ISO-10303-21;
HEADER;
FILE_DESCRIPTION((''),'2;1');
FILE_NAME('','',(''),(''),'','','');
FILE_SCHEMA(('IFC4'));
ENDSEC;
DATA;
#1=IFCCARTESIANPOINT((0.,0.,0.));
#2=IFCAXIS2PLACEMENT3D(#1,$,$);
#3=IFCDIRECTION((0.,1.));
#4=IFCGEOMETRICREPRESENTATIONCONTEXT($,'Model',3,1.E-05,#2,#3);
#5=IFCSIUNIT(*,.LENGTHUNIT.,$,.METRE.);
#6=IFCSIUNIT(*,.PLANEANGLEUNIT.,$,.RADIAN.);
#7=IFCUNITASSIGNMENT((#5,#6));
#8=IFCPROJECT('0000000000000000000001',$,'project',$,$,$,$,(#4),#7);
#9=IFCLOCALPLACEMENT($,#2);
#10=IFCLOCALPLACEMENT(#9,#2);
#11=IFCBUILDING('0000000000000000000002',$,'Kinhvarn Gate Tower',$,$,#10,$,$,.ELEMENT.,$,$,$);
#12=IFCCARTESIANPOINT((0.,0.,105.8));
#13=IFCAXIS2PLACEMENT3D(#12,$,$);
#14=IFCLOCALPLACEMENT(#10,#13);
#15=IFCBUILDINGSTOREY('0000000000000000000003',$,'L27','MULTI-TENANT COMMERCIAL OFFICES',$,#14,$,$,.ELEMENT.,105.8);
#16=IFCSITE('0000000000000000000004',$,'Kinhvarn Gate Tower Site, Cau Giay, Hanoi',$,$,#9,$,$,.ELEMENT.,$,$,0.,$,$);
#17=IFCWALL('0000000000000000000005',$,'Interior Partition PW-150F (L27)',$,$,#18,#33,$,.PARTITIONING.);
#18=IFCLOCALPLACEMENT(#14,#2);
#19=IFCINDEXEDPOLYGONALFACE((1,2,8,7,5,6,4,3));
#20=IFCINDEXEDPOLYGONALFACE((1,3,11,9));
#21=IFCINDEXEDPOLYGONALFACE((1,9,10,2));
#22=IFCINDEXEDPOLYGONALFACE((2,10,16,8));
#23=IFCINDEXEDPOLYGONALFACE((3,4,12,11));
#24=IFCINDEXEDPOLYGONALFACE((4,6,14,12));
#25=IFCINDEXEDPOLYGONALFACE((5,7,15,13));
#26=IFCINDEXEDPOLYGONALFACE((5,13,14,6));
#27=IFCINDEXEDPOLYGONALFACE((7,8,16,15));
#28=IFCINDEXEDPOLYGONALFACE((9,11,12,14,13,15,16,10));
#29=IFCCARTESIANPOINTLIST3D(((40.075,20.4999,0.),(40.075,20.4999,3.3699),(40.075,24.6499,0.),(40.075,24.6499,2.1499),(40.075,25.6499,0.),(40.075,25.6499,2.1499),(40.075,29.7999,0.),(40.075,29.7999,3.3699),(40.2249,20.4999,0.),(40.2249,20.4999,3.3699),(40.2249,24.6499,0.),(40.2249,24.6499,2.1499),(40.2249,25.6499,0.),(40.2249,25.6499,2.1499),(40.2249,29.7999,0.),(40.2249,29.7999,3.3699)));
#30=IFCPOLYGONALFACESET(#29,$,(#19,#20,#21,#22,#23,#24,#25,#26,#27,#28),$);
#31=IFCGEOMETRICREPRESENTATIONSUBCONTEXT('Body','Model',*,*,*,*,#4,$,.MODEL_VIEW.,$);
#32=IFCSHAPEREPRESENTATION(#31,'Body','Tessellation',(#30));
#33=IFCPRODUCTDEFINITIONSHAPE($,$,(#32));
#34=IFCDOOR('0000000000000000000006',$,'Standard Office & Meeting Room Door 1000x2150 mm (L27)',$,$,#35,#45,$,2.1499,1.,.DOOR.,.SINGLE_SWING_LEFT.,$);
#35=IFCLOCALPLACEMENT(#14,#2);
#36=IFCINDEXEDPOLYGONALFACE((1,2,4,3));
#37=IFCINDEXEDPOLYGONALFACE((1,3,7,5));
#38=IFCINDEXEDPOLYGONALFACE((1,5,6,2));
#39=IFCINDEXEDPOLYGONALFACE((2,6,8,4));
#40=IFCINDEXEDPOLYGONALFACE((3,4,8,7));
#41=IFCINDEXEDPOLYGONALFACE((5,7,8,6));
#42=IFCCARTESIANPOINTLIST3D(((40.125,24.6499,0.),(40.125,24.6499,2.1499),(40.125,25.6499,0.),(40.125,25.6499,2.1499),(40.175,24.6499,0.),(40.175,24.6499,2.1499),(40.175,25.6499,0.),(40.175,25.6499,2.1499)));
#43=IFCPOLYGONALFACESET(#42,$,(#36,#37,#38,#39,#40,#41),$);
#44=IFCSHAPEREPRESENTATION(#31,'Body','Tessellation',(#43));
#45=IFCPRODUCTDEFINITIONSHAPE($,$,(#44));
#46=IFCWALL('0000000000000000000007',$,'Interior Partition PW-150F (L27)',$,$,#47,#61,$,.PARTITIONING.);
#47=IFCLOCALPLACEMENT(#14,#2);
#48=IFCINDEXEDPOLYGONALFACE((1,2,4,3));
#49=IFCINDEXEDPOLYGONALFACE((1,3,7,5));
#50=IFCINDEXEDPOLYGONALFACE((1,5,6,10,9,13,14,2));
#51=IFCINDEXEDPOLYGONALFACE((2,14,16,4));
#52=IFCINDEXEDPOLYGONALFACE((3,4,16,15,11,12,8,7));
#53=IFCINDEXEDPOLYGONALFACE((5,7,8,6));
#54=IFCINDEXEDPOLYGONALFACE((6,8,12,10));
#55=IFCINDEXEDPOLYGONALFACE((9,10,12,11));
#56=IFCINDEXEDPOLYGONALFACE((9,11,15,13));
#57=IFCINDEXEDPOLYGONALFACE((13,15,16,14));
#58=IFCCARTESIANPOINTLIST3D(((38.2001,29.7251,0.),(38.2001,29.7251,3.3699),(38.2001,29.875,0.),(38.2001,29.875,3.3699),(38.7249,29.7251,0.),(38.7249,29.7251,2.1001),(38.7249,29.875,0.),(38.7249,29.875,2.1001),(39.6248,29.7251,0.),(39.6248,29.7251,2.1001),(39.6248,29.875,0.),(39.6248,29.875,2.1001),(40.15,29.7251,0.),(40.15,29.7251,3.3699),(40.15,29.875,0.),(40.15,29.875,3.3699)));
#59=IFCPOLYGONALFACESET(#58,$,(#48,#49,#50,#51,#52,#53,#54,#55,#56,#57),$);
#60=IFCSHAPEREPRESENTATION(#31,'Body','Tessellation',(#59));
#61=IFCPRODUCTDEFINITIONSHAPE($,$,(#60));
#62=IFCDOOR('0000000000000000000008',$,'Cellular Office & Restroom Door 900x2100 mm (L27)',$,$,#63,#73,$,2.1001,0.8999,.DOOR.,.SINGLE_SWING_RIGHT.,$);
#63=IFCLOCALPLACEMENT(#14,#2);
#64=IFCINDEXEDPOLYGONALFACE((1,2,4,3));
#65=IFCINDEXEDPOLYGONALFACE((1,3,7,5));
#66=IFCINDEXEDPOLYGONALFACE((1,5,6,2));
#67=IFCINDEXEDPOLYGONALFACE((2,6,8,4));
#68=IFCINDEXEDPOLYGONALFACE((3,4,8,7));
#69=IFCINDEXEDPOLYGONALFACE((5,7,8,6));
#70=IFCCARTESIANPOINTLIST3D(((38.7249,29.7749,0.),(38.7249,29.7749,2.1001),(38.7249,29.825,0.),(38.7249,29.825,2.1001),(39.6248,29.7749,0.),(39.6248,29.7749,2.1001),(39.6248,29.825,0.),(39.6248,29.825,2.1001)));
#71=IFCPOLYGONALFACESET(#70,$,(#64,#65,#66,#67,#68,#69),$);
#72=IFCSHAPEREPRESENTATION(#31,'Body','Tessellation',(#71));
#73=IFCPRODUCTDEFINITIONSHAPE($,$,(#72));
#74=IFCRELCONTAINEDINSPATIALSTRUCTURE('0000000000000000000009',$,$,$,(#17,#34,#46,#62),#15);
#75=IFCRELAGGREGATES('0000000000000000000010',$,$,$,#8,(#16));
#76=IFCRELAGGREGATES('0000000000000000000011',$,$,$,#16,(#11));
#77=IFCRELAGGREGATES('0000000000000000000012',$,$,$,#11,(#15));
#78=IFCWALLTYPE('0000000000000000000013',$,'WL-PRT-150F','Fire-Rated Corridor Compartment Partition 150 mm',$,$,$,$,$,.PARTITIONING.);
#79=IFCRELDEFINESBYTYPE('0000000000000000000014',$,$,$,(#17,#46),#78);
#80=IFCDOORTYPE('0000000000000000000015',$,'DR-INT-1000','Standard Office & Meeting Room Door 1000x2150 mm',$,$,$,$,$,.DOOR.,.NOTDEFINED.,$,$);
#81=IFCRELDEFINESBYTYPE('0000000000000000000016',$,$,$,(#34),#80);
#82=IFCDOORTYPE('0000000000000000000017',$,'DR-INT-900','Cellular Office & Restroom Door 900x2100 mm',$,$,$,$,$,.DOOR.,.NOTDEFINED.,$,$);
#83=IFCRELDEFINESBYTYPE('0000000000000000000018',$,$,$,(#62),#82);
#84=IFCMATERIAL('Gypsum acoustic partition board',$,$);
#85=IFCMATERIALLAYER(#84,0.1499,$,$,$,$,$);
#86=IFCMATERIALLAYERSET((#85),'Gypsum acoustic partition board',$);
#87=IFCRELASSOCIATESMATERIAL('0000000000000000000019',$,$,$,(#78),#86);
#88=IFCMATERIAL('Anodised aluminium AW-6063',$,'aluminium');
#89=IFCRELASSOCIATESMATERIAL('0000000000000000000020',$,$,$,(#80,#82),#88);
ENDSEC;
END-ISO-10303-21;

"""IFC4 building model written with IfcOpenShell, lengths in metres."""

from ifc_helpers import new_model, si_unit, direction, frame, frame_2d, origin, place, context, subcontext, project, spatial, rectangle, extrude, material, layer, layer_set, type_object, element, fill, save


model = new_model("IFC4")

# Units and contexts
model_context = context("Model", 3, precision=1e-05, world=origin(), true_north=direction((0.0, 1.0)))
body_context = subcontext(model_context, "Body", "Model", "MODEL_VIEW")
ifc_project = project(units=[si_unit("LENGTHUNIT", "METRE"), si_unit("PLANEANGLEUNIT", "RADIAN")], contexts=[model_context])

# Site, building, storey
site_placement = place(None, origin())
site = spatial("IfcSite", under=ifc_project, at=site_placement, Name="Kinhvarn Gate Tower Site, Cau Giay, Hanoi", CompositionType="ELEMENT", RefElevation=0.0)
building_placement = place(site_placement, origin())
building = spatial("IfcBuilding", under=site, at=building_placement, Name="Kinhvarn Gate Tower", CompositionType="ELEMENT")
storey_placement = place(building_placement, frame((0.0, 0.0, 105.8)))
storey = spatial("IfcBuildingStorey", under=building, at=storey_placement, Name="L27", Description="MULTI-TENANT COMMERCIAL OFFICES", CompositionType="ELEMENT", Elevation=105.8)

# Shared definitions
ifc_material_1 = material(Name="Anodised aluminium AW-6063", Category="aluminium")

# Shared definitions
ifc_material_2 = material(Name="Gypsum acoustic partition board")

# Walls, openings, doors
ifc_layer_1 = layer(ifc_material_2, 0.1499)
ifc_layer_set_1 = layer_set([ifc_layer_1], Name="Gypsum acoustic partition board")
wall_type_1 = type_object("IfcWallType", Name="WL-PRT-150F", Description="Fire-Rated Corridor Compartment Partition 150 mm", PredefinedType="PARTITIONING", material=ifc_layer_set_1)
wall_1_placement = place(storey_placement, frame((40.1499, 20.5, 0.0), z_axis=(0.0, 0.0, 1.0), x_axis=(0.0, 1.0, 0.0)))
wall_1 = element("IfcWall", 1, at=wall_1_placement, inside=storey, type_object=wall_type_1, Name="Interior Partition PW-150F (L27)", PredefinedType="PARTITIONING", context=body_context, shape_type="SweptSolid", body=[
    extrude(rectangle(XDim=9.3, YDim=0.1499, at=frame_2d((4.6499, 0.0))), origin(), (0.0, 0.0, 1.0), 3.3699),
])
opening_1_placement = place(wall_1_placement, frame((4.1499, 0.0, 0.0)))
opening_1 = element("IfcOpeningElement", 2, at=opening_1_placement, cuts=wall_1, PredefinedType="OPENING", context=body_context, shape_type="SweptSolid", body=[
    extrude(rectangle(XDim=1.0, YDim=2.1499, at=frame_2d((0.5, 1.075))), frame((0.0, 0.085, 0.0), z_axis=(0.0, -1.0, 0.0), x_axis=(1.0, 0.0, 0.0)), (0.0, 0.0, 1.0), 0.1699),
])
door_type_1 = type_object("IfcDoorType", Name="DR-INT-1000", Description="Standard Office & Meeting Room Door 1000x2150 mm", OperationType="NOTDEFINED", PredefinedType="DOOR", material=ifc_material_1)
door_1_placement = place(opening_1_placement, origin())
door_1 = element("IfcDoor", 3, at=door_1_placement, inside=storey, type_object=door_type_1, Name="Standard Office & Meeting Room Door 1000x2150 mm (L27)", OperationType="SINGLE_SWING_LEFT", OverallHeight=2.1499, OverallWidth=1.0, PredefinedType="DOOR", context=body_context, shape_type="SweptSolid", body=[
    extrude(rectangle(XDim=1.0, YDim=2.1499, at=frame_2d((0.5, 1.075))), frame((0.0, 0.0249, 0.0), z_axis=(0.0, -1.0, 0.0), x_axis=(1.0, 0.0, 0.0)), (0.0, 0.0, 1.0), 0.05),
])
fill(opening_1, door_1)
wall_2_placement = place(storey_placement, frame((38.2, 29.8, 0.0), z_axis=(0.0, 0.0, 1.0), x_axis=(1.0, 0.0, 0.0)))
wall_2 = element("IfcWall", 4, at=wall_2_placement, inside=storey, type_object=wall_type_1, Name="Interior Partition PW-150F (L27)", PredefinedType="PARTITIONING", context=body_context, shape_type="SweptSolid", body=[
    extrude(rectangle(XDim=1.95, YDim=0.1499, at=frame_2d((0.9751, 0.0))), origin(), (0.0, 0.0, 1.0), 3.3699),
])
opening_2_placement = place(wall_2_placement, frame((0.5249, 0.0, 0.0)))
opening_2 = element("IfcOpeningElement", 5, at=opening_2_placement, cuts=wall_2, PredefinedType="OPENING", context=body_context, shape_type="SweptSolid", body=[
    extrude(rectangle(XDim=0.8999, YDim=2.1001, at=frame_2d((0.45, 1.05))), frame((0.0, 0.085, 0.0), z_axis=(0.0, -1.0, 0.0), x_axis=(1.0, 0.0, 0.0)), (0.0, 0.0, 1.0), 0.1699),
])
door_type_2 = type_object("IfcDoorType", Name="DR-INT-900", Description="Cellular Office & Restroom Door 900x2100 mm", OperationType="NOTDEFINED", PredefinedType="DOOR", material=ifc_material_1)
door_2_placement = place(opening_2_placement, origin())
door_2 = element("IfcDoor", 6, at=door_2_placement, inside=storey, type_object=door_type_2, Name="Cellular Office & Restroom Door 900x2100 mm (L27)", OperationType="SINGLE_SWING_RIGHT", OverallHeight=2.1001, OverallWidth=0.8999, PredefinedType="DOOR", context=body_context, shape_type="SweptSolid", body=[
    extrude(rectangle(XDim=0.8999, YDim=2.1001, at=frame_2d((0.45, 1.05))), frame((0.0, 0.0249, 0.0), z_axis=(0.0, -1.0, 0.0), x_axis=(1.0, 0.0, 0.0)), (0.0, 0.0, 1.0), 0.05),
])
fill(opening_2, door_2)

save(model, "model.ifc")
